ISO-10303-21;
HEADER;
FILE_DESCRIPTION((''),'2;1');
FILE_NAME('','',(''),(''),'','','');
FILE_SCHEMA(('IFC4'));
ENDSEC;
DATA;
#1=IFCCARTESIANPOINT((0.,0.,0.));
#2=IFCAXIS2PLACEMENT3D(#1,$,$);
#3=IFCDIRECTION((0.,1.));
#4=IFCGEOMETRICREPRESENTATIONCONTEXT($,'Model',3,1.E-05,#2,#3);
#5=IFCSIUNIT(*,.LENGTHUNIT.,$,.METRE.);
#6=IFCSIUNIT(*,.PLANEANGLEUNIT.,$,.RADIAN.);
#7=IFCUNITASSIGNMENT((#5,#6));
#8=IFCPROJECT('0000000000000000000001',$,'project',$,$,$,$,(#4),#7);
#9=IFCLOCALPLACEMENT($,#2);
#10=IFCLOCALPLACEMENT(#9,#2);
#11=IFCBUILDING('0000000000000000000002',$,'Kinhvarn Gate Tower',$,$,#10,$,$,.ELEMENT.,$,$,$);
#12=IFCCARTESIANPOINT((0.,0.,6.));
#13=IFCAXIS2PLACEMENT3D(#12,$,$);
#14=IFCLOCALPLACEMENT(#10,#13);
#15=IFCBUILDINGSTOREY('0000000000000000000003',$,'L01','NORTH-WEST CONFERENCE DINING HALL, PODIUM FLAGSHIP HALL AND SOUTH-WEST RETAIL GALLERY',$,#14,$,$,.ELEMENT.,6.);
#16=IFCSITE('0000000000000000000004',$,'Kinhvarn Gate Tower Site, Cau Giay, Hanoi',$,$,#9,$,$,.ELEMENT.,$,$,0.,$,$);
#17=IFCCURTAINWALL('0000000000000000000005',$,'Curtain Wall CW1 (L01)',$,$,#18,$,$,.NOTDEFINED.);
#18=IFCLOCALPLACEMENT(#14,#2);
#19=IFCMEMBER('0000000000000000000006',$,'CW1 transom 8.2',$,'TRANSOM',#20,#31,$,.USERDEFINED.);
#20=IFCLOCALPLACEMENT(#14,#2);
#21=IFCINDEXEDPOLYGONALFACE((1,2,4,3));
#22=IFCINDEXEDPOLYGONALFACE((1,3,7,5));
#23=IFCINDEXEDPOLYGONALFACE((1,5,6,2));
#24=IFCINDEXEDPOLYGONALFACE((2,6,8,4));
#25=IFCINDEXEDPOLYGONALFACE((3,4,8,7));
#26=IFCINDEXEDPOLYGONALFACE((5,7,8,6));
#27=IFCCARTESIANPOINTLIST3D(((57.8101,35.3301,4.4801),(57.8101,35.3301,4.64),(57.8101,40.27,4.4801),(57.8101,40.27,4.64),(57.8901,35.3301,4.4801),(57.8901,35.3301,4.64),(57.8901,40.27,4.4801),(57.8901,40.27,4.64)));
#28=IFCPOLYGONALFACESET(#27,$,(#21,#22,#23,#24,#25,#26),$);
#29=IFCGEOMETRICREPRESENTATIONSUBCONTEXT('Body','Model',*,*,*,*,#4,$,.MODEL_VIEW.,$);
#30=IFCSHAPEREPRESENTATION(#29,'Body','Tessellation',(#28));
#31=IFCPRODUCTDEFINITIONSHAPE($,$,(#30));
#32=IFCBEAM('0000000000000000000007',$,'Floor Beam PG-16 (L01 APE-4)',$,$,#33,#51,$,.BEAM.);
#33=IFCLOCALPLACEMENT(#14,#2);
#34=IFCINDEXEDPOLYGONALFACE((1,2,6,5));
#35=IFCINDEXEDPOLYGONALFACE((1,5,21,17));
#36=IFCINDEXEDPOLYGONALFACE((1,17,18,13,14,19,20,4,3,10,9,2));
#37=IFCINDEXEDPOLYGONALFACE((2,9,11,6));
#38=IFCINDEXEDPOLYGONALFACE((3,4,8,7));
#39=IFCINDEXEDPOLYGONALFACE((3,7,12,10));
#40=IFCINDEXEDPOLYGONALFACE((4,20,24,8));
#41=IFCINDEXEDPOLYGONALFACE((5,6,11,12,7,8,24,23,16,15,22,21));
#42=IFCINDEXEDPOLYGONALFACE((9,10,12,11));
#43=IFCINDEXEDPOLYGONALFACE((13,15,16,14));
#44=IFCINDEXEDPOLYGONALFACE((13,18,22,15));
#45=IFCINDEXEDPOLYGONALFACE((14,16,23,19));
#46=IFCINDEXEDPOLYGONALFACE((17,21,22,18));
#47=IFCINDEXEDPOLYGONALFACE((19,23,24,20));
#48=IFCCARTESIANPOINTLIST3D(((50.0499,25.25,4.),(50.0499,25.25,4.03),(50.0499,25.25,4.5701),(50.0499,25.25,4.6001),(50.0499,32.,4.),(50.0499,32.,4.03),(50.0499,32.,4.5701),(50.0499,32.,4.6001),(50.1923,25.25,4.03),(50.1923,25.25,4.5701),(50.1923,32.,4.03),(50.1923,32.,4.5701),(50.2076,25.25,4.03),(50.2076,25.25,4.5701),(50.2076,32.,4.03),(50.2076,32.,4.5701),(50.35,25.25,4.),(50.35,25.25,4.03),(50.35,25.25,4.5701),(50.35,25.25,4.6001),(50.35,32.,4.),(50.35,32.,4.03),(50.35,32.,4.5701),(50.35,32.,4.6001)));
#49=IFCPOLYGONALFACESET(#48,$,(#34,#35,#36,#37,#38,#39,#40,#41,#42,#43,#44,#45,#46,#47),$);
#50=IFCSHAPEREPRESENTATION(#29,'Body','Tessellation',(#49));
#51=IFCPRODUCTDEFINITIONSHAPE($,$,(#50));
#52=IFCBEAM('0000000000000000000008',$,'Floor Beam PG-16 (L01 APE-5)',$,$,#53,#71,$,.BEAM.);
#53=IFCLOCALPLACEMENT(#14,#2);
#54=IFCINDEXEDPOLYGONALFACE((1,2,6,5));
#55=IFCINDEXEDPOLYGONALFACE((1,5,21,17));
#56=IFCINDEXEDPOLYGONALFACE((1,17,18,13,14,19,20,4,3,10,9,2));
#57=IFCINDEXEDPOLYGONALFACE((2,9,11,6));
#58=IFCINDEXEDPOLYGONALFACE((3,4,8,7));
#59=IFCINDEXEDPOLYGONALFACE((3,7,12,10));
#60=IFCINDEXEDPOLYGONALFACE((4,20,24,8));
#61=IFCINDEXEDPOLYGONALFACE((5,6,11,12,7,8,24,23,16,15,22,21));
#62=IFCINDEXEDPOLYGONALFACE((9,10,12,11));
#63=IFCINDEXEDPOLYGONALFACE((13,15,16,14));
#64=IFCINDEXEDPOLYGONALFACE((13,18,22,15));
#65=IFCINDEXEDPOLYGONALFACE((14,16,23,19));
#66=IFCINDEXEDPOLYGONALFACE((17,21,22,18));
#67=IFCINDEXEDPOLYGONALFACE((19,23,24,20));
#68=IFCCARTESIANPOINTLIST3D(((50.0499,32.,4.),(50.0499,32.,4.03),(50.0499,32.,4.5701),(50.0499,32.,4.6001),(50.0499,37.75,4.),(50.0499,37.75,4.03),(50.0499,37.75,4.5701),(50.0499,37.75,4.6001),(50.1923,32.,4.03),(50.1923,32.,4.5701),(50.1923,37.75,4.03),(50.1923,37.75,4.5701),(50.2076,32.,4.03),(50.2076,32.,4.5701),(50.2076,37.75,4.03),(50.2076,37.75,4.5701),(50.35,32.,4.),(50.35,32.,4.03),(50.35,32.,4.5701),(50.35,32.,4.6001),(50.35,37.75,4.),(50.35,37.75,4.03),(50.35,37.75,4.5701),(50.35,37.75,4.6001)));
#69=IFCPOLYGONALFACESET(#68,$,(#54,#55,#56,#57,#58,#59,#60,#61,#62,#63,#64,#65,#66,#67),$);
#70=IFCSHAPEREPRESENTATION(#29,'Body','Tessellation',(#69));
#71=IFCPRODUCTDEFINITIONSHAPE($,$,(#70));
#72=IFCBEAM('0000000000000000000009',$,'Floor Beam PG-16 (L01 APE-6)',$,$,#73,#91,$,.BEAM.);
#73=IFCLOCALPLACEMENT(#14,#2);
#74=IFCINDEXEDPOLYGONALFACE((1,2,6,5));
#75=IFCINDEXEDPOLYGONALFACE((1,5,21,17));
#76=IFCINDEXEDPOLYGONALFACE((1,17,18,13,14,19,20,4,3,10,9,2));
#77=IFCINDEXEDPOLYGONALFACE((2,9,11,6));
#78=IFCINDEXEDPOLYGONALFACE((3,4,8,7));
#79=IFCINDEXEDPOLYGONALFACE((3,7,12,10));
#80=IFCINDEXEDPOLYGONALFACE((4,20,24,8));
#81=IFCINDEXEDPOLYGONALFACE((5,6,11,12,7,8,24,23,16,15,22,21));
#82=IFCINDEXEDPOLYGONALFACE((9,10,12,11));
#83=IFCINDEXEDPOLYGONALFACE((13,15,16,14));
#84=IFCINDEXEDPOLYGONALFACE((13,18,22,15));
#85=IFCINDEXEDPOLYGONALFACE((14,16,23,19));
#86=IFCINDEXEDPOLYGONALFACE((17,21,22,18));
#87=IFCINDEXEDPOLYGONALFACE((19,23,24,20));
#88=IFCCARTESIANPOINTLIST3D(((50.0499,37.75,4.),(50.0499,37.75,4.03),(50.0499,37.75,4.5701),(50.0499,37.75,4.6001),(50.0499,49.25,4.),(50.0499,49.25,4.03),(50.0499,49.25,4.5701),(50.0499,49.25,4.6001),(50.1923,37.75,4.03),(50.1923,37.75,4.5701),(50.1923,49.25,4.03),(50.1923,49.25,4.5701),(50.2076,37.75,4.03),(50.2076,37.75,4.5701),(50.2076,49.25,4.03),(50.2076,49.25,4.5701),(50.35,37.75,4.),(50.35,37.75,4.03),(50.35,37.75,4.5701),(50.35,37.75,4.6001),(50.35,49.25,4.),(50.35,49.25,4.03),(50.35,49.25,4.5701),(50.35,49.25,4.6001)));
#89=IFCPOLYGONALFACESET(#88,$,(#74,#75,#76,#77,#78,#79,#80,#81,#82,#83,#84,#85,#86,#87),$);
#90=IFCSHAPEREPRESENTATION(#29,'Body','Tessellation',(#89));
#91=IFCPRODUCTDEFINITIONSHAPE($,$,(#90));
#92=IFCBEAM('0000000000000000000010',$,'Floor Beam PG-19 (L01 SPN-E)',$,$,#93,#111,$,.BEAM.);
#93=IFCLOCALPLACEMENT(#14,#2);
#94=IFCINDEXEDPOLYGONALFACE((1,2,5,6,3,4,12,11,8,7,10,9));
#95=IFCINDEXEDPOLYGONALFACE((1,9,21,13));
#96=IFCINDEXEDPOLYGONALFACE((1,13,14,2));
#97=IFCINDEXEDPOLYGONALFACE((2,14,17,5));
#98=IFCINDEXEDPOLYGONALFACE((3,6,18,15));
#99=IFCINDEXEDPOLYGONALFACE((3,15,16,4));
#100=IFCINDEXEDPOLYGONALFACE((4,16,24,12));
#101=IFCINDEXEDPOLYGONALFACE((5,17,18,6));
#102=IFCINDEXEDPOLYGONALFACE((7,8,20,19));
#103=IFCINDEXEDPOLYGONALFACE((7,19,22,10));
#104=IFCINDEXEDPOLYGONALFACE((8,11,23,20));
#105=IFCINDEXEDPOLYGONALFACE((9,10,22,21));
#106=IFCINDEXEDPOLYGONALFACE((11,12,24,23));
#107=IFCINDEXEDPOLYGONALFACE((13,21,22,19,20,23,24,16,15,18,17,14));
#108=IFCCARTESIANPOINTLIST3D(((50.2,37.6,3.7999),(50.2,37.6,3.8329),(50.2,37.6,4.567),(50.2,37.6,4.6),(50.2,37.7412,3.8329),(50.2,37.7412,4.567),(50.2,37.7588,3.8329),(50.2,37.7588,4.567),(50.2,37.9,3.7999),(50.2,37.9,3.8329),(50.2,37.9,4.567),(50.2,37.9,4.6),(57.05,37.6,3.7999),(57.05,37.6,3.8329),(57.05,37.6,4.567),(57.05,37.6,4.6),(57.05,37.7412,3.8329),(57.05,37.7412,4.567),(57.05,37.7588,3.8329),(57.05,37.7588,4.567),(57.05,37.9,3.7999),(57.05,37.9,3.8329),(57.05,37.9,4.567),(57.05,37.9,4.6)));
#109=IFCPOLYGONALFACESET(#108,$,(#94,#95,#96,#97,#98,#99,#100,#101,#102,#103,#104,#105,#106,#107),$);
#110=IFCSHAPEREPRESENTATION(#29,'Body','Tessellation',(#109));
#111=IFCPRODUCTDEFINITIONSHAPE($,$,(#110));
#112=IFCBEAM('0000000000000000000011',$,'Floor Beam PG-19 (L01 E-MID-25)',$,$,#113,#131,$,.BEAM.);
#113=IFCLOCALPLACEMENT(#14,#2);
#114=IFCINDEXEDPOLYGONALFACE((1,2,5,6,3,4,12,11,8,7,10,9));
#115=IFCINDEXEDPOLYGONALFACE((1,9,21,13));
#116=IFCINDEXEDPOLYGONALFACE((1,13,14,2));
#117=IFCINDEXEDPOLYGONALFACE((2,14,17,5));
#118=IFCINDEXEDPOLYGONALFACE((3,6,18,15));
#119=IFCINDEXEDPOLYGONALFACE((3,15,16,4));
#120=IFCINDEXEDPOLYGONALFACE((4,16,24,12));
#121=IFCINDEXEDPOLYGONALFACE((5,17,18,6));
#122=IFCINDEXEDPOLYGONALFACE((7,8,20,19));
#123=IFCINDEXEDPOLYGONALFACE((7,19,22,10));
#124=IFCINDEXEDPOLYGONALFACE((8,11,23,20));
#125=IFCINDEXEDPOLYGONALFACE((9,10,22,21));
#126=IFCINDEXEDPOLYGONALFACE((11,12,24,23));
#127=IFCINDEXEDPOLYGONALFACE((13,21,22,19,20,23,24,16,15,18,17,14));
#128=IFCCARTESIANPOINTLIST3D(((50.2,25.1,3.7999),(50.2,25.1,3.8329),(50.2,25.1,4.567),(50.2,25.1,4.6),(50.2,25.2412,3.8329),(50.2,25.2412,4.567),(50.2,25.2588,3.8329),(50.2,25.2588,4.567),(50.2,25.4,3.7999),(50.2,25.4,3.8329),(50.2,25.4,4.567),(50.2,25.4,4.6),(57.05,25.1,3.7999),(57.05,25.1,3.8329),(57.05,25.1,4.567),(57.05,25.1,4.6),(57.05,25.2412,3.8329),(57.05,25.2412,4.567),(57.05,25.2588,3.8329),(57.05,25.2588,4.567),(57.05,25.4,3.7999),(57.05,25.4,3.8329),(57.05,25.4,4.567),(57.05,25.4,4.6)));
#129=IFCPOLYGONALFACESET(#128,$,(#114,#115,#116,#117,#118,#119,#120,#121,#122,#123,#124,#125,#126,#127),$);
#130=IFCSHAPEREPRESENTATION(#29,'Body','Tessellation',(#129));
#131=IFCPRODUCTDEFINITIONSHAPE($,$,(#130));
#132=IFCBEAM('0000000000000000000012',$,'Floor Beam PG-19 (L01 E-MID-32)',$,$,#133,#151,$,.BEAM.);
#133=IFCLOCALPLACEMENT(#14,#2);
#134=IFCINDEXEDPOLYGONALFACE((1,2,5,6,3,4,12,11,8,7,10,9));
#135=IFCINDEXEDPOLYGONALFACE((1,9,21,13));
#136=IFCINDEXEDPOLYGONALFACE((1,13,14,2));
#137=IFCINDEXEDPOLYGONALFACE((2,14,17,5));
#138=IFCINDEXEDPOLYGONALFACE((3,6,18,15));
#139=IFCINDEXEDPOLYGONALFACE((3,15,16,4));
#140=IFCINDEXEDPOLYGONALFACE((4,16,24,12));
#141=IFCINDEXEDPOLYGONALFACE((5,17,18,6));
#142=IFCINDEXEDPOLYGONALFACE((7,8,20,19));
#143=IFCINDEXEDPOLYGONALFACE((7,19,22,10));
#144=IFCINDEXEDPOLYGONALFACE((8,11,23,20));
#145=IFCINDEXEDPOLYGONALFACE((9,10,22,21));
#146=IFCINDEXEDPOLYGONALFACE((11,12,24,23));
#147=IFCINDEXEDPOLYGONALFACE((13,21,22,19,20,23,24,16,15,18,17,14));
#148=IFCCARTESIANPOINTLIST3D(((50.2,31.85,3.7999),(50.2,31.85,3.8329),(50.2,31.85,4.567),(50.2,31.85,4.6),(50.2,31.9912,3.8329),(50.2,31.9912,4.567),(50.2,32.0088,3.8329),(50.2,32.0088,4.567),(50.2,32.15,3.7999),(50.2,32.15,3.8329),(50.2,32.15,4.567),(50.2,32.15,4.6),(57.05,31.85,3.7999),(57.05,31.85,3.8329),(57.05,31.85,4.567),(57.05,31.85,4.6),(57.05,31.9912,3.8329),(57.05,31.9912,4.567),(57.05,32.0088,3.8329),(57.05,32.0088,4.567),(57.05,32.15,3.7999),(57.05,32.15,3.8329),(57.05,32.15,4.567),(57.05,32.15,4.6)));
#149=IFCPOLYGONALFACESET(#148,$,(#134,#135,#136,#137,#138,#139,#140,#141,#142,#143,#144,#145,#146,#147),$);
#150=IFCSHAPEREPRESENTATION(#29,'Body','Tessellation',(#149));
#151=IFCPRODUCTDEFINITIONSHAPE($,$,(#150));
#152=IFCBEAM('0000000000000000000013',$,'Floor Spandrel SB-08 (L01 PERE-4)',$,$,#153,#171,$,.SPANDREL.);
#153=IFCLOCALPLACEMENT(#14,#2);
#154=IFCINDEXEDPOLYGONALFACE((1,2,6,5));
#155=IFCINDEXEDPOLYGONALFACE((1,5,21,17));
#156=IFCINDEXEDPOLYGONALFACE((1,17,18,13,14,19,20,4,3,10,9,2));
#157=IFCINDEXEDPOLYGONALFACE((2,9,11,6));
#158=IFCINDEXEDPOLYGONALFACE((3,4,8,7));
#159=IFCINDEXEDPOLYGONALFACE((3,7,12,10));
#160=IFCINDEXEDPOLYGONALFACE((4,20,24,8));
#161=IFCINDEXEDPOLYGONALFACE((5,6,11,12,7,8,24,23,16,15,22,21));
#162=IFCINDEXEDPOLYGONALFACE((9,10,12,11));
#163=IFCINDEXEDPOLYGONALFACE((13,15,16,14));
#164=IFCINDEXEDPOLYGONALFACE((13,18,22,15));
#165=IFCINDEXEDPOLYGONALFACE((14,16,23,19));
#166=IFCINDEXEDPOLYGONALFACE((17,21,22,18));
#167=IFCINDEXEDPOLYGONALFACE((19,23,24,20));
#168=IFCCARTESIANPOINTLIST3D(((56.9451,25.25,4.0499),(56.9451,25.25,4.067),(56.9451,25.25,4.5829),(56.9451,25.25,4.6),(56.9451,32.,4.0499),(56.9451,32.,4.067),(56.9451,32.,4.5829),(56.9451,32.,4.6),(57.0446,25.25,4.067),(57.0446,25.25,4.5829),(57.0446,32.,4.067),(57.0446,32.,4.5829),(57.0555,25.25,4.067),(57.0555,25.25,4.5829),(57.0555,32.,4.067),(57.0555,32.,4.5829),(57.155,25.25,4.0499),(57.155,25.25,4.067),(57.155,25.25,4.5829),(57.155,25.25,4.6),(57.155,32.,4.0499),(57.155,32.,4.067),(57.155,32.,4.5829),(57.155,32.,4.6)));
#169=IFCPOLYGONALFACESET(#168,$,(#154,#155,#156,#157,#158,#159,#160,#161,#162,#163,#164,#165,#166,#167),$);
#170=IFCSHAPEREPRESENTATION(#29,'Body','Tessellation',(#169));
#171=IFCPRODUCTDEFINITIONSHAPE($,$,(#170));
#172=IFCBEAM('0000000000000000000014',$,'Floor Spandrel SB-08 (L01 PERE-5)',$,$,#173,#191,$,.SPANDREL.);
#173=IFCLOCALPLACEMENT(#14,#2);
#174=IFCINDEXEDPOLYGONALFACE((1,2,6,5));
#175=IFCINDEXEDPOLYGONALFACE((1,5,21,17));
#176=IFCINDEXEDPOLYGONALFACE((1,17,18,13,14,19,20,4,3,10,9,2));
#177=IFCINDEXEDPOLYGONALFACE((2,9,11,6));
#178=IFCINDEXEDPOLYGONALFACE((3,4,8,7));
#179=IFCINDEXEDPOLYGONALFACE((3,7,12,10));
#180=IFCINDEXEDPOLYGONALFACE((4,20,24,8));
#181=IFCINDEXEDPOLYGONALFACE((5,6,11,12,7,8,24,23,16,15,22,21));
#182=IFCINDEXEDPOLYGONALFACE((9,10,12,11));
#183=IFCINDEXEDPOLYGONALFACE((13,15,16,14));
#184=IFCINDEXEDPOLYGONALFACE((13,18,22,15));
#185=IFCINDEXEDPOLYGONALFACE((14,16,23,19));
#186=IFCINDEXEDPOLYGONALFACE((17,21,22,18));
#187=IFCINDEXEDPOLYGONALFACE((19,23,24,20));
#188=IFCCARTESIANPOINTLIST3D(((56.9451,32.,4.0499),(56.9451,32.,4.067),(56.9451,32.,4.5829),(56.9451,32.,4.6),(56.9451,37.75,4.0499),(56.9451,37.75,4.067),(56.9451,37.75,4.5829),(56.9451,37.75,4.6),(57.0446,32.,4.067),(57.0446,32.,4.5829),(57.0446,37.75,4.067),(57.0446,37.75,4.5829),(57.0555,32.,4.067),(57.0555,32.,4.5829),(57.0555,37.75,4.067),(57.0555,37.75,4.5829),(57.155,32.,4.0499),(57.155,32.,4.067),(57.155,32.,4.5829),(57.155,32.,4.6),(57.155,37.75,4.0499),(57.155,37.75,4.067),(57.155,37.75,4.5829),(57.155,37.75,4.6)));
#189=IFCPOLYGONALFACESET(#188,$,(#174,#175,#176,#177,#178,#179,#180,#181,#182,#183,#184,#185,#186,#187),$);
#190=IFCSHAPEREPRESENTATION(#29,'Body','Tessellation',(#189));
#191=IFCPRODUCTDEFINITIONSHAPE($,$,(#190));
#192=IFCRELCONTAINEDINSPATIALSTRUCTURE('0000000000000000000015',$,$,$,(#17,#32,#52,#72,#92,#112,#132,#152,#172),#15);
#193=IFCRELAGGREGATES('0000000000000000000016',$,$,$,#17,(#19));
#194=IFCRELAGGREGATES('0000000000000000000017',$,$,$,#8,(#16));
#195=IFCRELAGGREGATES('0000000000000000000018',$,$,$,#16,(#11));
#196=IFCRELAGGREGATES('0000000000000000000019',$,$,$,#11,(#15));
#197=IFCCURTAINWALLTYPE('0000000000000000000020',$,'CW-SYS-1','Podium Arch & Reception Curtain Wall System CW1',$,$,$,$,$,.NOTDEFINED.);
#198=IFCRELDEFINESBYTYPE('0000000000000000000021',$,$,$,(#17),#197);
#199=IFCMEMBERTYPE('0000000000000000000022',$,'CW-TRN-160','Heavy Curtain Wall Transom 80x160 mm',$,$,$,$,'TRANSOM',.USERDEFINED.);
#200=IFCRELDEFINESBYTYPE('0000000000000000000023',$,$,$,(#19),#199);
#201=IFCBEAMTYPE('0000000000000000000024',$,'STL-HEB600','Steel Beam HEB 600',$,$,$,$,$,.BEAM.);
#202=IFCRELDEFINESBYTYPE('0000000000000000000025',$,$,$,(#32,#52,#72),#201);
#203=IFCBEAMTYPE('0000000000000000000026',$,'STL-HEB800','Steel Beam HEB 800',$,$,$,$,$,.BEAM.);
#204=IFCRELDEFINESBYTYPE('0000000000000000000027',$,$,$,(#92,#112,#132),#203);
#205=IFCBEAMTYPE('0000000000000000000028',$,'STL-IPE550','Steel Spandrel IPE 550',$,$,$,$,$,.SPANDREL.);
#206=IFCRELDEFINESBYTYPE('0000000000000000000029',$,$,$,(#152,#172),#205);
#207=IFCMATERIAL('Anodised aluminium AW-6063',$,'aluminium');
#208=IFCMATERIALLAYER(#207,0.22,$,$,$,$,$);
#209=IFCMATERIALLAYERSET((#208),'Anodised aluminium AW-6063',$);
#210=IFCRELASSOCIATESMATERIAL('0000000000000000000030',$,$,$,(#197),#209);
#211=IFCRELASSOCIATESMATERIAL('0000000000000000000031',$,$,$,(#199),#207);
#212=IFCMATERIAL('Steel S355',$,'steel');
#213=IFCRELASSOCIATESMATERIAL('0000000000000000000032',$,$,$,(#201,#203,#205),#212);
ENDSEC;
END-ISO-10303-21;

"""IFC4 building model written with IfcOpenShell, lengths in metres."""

from ifc_helpers import new_model, si_unit, direction, frame, origin, origin_2d, place, context, subcontext, project, spatial, rectangle, i_section, extrude, material, layer, layer_set, material_profile, profile_set, type_object, element, aggregate, save


model = new_model("IFC4")

# Units and contexts
model_context = context("Model", 3, precision=1e-05, world=origin(), true_north=direction((0.0, 1.0)))
body_context = subcontext(model_context, "Body", "Model", "MODEL_VIEW")
ifc_project = project(units=[si_unit("LENGTHUNIT", "METRE"), si_unit("PLANEANGLEUNIT", "RADIAN")], contexts=[model_context])

# Site, building, storey
site_placement = place(None, origin())
site = spatial("IfcSite", under=ifc_project, at=site_placement, Name="Kinhvarn Gate Tower Site, Cau Giay, Hanoi", CompositionType="ELEMENT", RefElevation=0.0)
building_placement = place(site_placement, origin())
building = spatial("IfcBuilding", under=site, at=building_placement, Name="Kinhvarn Gate Tower", CompositionType="ELEMENT")
storey_placement = place(building_placement, frame((0.0, 0.0, 6.0)))
storey = spatial("IfcBuildingStorey", under=building, at=storey_placement, Name="L01", Description="NORTH-WEST CONFERENCE DINING HALL, PODIUM FLAGSHIP HALL AND SOUTH-WEST RETAIL GALLERY", CompositionType="ELEMENT", Elevation=6.0)

# Curtain wall, member
ifc_material_1 = material(Name="Anodised aluminium AW-6063", Category="aluminium")
ifc_layer_1 = layer(ifc_material_1, 0.22)
ifc_layer_set_1 = layer_set([ifc_layer_1], Name="Anodised aluminium AW-6063")
curtain_wall_type = type_object("IfcCurtainWallType", Name="CW-SYS-1", Description="Podium Arch & Reception Curtain Wall System CW1", PredefinedType="NOTDEFINED", material=ifc_layer_set_1)
curtain_wall_placement = place(storey_placement, origin())
curtain_wall = element("IfcCurtainWall", 1, at=curtain_wall_placement, inside=storey, type_object=curtain_wall_type, Name="Curtain Wall CW1 (L01)", PredefinedType="NOTDEFINED")
ifc_material_profile_1 = material_profile(ifc_material_1, rectangle(XDim=0.0801, YDim=0.1599, at=origin_2d()), Name="ALU 80x160")
ifc_profile_set_1 = profile_set([ifc_material_profile_1], Name="Anodised aluminium AW-6063")
member_type_1 = type_object("IfcMemberType", Name="CW-TRN-160", Description="Heavy Curtain Wall Transom 80x160 mm", ElementType="TRANSOM", PredefinedType="USERDEFINED", material=ifc_profile_set_1)
member_1_placement = place(storey_placement, frame((57.8501, 35.3301, 4.5601), z_axis=(0.0, 1.0, 0.0), x_axis=(-1.0, 0.0, 0.0)))
member_1 = element("IfcMember", 2, at=member_1_placement, type_object=member_type_1, Name="CW1 transom 8.2", ObjectType="TRANSOM", PredefinedType="USERDEFINED", context=body_context, shape_type="SweptSolid", body=[
    extrude(rectangle(XDim=0.0801, YDim=0.1599, at=origin_2d()), origin(), (0.0, 0.0, 1.0), 4.9399),
])

# Beams
ifc_material_2 = material(Name="Steel S355", Category="steel")
ifc_material_profile_2 = material_profile(ifc_material_2, i_section(OverallWidth=0.3, OverallDepth=0.6001, WebThickness=0.0154, FlangeThickness=0.03, at=origin_2d()), Name="HEB 600")
ifc_profile_set_2 = profile_set([ifc_material_profile_2], Name="Steel S355")
beam_type_1 = type_object("IfcBeamType", Name="STL-HEB600", Description="Steel Beam HEB 600", PredefinedType="BEAM", material=ifc_profile_set_2)
beam_1_placement = place(storey_placement, frame((50.2, 25.25, 4.3), z_axis=(0.0, 1.0, 0.0), x_axis=(-1.0, 0.0, 0.0)))
element("IfcBeam", 3, at=beam_1_placement, inside=storey, type_object=beam_type_1, Name="Floor Beam PG-16 (L01 APE-4)", PredefinedType="BEAM", context=body_context, shape_type="SweptSolid", body=[
    extrude(i_section(OverallWidth=0.3, OverallDepth=0.6001, WebThickness=0.0154, FlangeThickness=0.03, at=origin_2d()), origin(), (0.0, 0.0, 1.0), 6.75),
])
beam_2_placement = place(storey_placement, frame((50.2, 32.0, 4.3), z_axis=(0.0, 1.0, 0.0), x_axis=(-1.0, 0.0, 0.0)))
element("IfcBeam", 4, at=beam_2_placement, inside=storey, type_object=beam_type_1, Name="Floor Beam PG-16 (L01 APE-5)", PredefinedType="BEAM", context=body_context, shape_type="SweptSolid", body=[
    extrude(i_section(OverallWidth=0.3, OverallDepth=0.6001, WebThickness=0.0154, FlangeThickness=0.03, at=origin_2d()), origin(), (0.0, 0.0, 1.0), 5.75),
])
beam_3_placement = place(storey_placement, frame((50.2, 37.75, 4.3), z_axis=(0.0, 1.0, 0.0), x_axis=(-1.0, 0.0, 0.0)))
element("IfcBeam", 5, at=beam_3_placement, inside=storey, type_object=beam_type_1, Name="Floor Beam PG-16 (L01 APE-6)", PredefinedType="BEAM", context=body_context, shape_type="SweptSolid", body=[
    extrude(i_section(OverallWidth=0.3, OverallDepth=0.6001, WebThickness=0.0154, FlangeThickness=0.03, at=origin_2d()), origin(), (0.0, 0.0, 1.0), 11.5),
])
ifc_material_profile_3 = material_profile(ifc_material_2, i_section(OverallWidth=0.3, OverallDepth=0.8, WebThickness=0.0176, FlangeThickness=0.033, at=origin_2d()), Name="HEB 800")
ifc_profile_set_3 = profile_set([ifc_material_profile_3], Name="Steel S355")
beam_type_2 = type_object("IfcBeamType", Name="STL-HEB800", Description="Steel Beam HEB 800", PredefinedType="BEAM", material=ifc_profile_set_3)
for number, where, z_axis, x_axis, name in (
    (6, (50.2, 37.75, 4.2), (1.0, 0.0, 0.0), (0.0, 1.0, 0.0), "Floor Beam PG-19 (L01 SPN-E)"),
    (7, (50.2, 25.25, 4.2), (1.0, 0.0, 0.0), (0.0, 1.0, 0.0), "Floor Beam PG-19 (L01 E-MID-25)"),
    (8, (50.2, 32.0, 4.2), (1.0, 0.0, 0.0), (0.0, 1.0, 0.0), "Floor Beam PG-19 (L01 E-MID-32)"),
):
    element("IfcBeam", number, at=place(storey_placement, frame(where, z_axis=z_axis, x_axis=x_axis)), inside=storey, type_object=beam_type_2, Name=name, PredefinedType="BEAM", context=body_context, shape_type="SweptSolid", body=[
        extrude(i_section(OverallWidth=0.3, OverallDepth=0.8, WebThickness=0.0176, FlangeThickness=0.033, at=origin_2d()), origin(), (0.0, 0.0, 1.0), 6.8501),
    ])
ifc_material_profile_4 = material_profile(ifc_material_2, i_section(OverallWidth=0.21, OverallDepth=0.55, WebThickness=0.011, FlangeThickness=0.0171, at=origin_2d()), Name="IPE 550")
ifc_profile_set_4 = profile_set([ifc_material_profile_4], Name="Steel S355")
beam_type_3 = type_object("IfcBeamType", Name="STL-IPE550", Description="Steel Spandrel IPE 550", PredefinedType="SPANDREL", material=ifc_profile_set_4)
beam_4_placement = place(storey_placement, frame((57.05, 25.25, 4.325), z_axis=(0.0, 1.0, 0.0), x_axis=(-1.0, 0.0, 0.0)))
element("IfcBeam", 9, at=beam_4_placement, inside=storey, type_object=beam_type_3, Name="Floor Spandrel SB-08 (L01 PERE-4)", PredefinedType="SPANDREL", context=body_context, shape_type="SweptSolid", body=[
    extrude(i_section(OverallWidth=0.21, OverallDepth=0.55, WebThickness=0.011, FlangeThickness=0.0171, at=origin_2d()), origin(), (0.0, 0.0, 1.0), 6.75),
])
beam_5_placement = place(storey_placement, frame((57.05, 32.0, 4.325), z_axis=(0.0, 1.0, 0.0), x_axis=(-1.0, 0.0, 0.0)))
element("IfcBeam", 10, at=beam_5_placement, inside=storey, type_object=beam_type_3, Name="Floor Spandrel SB-08 (L01 PERE-5)", PredefinedType="SPANDREL", context=body_context, shape_type="SweptSolid", body=[
    extrude(i_section(OverallWidth=0.21, OverallDepth=0.55, WebThickness=0.011, FlangeThickness=0.0171, at=origin_2d()), origin(), (0.0, 0.0, 1.0), 5.75),
])

aggregate(curtain_wall, [member_1])

save(model, "model.ifc")
